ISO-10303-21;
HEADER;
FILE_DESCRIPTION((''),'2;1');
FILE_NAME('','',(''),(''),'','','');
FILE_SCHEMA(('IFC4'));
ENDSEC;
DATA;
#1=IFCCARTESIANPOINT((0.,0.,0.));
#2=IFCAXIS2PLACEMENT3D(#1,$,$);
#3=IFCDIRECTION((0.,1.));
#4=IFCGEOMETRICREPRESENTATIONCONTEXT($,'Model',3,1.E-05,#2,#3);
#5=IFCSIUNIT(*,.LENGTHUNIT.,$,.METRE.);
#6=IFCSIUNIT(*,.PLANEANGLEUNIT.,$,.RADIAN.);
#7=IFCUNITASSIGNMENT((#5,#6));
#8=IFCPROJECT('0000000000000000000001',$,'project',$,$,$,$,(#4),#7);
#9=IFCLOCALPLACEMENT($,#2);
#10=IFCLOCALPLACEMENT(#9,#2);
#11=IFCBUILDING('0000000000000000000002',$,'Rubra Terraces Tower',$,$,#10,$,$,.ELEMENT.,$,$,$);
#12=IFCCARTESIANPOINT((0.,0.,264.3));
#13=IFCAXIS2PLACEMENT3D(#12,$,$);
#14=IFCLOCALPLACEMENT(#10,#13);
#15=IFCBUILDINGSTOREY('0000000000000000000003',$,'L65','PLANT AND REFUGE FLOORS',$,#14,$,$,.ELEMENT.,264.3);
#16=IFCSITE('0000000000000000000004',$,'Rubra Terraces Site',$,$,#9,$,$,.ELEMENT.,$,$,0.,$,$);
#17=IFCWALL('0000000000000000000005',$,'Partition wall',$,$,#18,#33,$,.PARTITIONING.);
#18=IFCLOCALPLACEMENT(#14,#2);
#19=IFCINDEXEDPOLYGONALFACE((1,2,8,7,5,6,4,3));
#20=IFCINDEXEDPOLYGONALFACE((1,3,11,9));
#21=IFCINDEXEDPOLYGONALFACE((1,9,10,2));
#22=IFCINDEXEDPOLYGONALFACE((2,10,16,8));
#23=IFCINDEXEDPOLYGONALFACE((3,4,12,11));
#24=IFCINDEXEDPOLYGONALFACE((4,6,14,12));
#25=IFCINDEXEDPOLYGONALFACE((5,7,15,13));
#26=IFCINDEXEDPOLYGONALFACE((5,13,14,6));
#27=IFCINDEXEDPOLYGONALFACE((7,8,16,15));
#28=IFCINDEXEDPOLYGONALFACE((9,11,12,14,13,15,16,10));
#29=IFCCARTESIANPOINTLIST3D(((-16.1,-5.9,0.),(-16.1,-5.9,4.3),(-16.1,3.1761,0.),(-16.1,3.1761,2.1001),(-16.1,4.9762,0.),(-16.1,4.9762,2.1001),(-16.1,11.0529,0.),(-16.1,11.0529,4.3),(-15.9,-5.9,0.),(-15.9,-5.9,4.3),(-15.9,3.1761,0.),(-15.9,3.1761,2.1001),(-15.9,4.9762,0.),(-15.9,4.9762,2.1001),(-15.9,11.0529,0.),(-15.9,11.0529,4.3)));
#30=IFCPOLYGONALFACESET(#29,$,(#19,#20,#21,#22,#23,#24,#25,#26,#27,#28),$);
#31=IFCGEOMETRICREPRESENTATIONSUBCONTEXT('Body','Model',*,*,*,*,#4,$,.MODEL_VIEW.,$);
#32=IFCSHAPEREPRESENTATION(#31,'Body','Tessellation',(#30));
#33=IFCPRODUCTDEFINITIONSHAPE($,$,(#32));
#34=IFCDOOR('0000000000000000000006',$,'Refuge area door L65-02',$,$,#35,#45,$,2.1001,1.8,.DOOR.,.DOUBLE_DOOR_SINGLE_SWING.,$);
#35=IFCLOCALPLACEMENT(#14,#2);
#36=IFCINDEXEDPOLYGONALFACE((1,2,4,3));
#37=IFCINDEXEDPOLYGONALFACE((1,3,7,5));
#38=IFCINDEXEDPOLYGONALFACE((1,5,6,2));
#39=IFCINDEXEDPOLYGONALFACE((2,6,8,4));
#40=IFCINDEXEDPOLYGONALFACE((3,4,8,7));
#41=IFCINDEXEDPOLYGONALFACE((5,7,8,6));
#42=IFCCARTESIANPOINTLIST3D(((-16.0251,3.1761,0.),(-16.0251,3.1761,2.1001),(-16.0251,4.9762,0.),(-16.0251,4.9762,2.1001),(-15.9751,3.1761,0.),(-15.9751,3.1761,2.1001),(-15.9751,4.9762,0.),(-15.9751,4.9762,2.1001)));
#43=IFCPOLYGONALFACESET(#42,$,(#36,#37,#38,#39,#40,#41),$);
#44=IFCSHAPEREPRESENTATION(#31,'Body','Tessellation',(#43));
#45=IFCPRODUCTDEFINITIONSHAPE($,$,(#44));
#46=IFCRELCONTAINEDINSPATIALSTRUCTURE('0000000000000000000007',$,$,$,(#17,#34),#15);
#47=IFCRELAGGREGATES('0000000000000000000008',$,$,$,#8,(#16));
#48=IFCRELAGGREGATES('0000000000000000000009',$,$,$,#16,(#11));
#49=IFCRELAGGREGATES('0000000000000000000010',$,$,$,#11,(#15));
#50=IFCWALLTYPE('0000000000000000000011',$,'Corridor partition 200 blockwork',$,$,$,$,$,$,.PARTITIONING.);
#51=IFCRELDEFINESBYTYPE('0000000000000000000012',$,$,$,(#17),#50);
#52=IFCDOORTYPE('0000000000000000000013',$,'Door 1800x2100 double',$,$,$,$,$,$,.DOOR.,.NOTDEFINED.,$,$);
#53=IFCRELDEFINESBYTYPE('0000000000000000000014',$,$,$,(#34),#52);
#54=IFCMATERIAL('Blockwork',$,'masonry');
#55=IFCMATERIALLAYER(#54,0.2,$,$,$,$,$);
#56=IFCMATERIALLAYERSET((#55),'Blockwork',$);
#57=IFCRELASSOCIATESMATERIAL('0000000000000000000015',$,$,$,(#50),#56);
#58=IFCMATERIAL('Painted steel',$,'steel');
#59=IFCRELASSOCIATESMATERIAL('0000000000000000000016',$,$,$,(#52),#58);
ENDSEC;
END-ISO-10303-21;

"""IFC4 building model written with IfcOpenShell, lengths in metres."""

from ifc_helpers import new_model, si_unit, direction, frame, frame_2d, origin, place, context, subcontext, project, spatial, rectangle, extrude, material, layer, layer_set, type_object, element, fill, save


model = new_model("IFC4")

# Units and contexts
model_context = context("Model", 3, precision=1e-05, world=origin(), true_north=direction((0.0, 1.0)))
body_context = subcontext(model_context, "Body", "Model", "MODEL_VIEW")
ifc_project = project(units=[si_unit("LENGTHUNIT", "METRE"), si_unit("PLANEANGLEUNIT", "RADIAN")], contexts=[model_context])

# Site, building, storey
site_placement = place(None, origin())
site = spatial("IfcSite", under=ifc_project, at=site_placement, Name="Rubra Terraces Site", CompositionType="ELEMENT", RefElevation=0.0)
building_placement = place(site_placement, origin())
building = spatial("IfcBuilding", under=site, at=building_placement, Name="Rubra Terraces Tower", CompositionType="ELEMENT")
storey_placement = place(building_placement, frame((0.0, 0.0, 264.3)))
storey = spatial("IfcBuildingStorey", under=building, at=storey_placement, Name="L65", Description="PLANT AND REFUGE FLOORS", CompositionType="ELEMENT", Elevation=264.3)

# Shared definitions
ifc_material_1 = material(Name="Blockwork", Category="masonry")
ifc_layer_1 = layer(ifc_material_1, 0.2)
ifc_layer_set_1 = layer_set([ifc_layer_1], Name="Blockwork")
wall_type_1 = type_object("IfcWallType", Name="Corridor partition 200 blockwork", PredefinedType="PARTITIONING", material=ifc_layer_set_1)

# Wall, opening, door
wall_1_placement = place(storey_placement, frame((-16.0, 11.053, 0.0), z_axis=(0.0, 0.0, 1.0), x_axis=(0.0, -1.0, 0.0)))
wall_1 = element("IfcWall", 1, at=wall_1_placement, inside=storey, type_object=wall_type_1, Name="Partition wall", PredefinedType="PARTITIONING", context=body_context, shape_type="SweptSolid", body=[
    extrude(rectangle(XDim=16.9529, YDim=0.2, at=frame_2d((8.4766, 0.0))), origin(), (0.0, 0.0, 1.0), 4.3),
])
opening_1_placement = place(wall_1_placement, frame((6.0769, 0.0, 0.0)))
opening_1 = element("IfcOpeningElement", 2, at=opening_1_placement, cuts=wall_1, PredefinedType="OPENING", context=body_context, shape_type="SweptSolid", body=[
    extrude(rectangle(XDim=1.8, YDim=2.1001, at=frame_2d((0.8999, 1.05))), frame((0.0, 0.1099, 0.0), z_axis=(0.0, -1.0, 0.0), x_axis=(1.0, 0.0, 0.0)), (0.0, 0.0, 1.0), 0.22),
])
ifc_material_2 = material(Name="Painted steel", Category="steel")
door_type = type_object("IfcDoorType", Name="Door 1800x2100 double", OperationType="NOTDEFINED", PredefinedType="DOOR", material=ifc_material_2)
door_placement = place(opening_1_placement, origin())
door = element("IfcDoor", 3, at=door_placement, inside=storey, type_object=door_type, Name="Refuge area door L65-02", OperationType="DOUBLE_DOOR_SINGLE_SWING", OverallHeight=2.1001, OverallWidth=1.8, PredefinedType="DOOR", context=body_context, shape_type="SweptSolid", body=[
    extrude(rectangle(XDim=1.8, YDim=2.1001, at=frame_2d((0.8999, 1.05))), frame((0.0, 0.0249, 0.0), z_axis=(0.0, -1.0, 0.0), x_axis=(1.0, 0.0, 0.0)), (0.0, 0.0, 1.0), 0.05),
])
fill(opening_1, door)

save(model, "model.ifc")
